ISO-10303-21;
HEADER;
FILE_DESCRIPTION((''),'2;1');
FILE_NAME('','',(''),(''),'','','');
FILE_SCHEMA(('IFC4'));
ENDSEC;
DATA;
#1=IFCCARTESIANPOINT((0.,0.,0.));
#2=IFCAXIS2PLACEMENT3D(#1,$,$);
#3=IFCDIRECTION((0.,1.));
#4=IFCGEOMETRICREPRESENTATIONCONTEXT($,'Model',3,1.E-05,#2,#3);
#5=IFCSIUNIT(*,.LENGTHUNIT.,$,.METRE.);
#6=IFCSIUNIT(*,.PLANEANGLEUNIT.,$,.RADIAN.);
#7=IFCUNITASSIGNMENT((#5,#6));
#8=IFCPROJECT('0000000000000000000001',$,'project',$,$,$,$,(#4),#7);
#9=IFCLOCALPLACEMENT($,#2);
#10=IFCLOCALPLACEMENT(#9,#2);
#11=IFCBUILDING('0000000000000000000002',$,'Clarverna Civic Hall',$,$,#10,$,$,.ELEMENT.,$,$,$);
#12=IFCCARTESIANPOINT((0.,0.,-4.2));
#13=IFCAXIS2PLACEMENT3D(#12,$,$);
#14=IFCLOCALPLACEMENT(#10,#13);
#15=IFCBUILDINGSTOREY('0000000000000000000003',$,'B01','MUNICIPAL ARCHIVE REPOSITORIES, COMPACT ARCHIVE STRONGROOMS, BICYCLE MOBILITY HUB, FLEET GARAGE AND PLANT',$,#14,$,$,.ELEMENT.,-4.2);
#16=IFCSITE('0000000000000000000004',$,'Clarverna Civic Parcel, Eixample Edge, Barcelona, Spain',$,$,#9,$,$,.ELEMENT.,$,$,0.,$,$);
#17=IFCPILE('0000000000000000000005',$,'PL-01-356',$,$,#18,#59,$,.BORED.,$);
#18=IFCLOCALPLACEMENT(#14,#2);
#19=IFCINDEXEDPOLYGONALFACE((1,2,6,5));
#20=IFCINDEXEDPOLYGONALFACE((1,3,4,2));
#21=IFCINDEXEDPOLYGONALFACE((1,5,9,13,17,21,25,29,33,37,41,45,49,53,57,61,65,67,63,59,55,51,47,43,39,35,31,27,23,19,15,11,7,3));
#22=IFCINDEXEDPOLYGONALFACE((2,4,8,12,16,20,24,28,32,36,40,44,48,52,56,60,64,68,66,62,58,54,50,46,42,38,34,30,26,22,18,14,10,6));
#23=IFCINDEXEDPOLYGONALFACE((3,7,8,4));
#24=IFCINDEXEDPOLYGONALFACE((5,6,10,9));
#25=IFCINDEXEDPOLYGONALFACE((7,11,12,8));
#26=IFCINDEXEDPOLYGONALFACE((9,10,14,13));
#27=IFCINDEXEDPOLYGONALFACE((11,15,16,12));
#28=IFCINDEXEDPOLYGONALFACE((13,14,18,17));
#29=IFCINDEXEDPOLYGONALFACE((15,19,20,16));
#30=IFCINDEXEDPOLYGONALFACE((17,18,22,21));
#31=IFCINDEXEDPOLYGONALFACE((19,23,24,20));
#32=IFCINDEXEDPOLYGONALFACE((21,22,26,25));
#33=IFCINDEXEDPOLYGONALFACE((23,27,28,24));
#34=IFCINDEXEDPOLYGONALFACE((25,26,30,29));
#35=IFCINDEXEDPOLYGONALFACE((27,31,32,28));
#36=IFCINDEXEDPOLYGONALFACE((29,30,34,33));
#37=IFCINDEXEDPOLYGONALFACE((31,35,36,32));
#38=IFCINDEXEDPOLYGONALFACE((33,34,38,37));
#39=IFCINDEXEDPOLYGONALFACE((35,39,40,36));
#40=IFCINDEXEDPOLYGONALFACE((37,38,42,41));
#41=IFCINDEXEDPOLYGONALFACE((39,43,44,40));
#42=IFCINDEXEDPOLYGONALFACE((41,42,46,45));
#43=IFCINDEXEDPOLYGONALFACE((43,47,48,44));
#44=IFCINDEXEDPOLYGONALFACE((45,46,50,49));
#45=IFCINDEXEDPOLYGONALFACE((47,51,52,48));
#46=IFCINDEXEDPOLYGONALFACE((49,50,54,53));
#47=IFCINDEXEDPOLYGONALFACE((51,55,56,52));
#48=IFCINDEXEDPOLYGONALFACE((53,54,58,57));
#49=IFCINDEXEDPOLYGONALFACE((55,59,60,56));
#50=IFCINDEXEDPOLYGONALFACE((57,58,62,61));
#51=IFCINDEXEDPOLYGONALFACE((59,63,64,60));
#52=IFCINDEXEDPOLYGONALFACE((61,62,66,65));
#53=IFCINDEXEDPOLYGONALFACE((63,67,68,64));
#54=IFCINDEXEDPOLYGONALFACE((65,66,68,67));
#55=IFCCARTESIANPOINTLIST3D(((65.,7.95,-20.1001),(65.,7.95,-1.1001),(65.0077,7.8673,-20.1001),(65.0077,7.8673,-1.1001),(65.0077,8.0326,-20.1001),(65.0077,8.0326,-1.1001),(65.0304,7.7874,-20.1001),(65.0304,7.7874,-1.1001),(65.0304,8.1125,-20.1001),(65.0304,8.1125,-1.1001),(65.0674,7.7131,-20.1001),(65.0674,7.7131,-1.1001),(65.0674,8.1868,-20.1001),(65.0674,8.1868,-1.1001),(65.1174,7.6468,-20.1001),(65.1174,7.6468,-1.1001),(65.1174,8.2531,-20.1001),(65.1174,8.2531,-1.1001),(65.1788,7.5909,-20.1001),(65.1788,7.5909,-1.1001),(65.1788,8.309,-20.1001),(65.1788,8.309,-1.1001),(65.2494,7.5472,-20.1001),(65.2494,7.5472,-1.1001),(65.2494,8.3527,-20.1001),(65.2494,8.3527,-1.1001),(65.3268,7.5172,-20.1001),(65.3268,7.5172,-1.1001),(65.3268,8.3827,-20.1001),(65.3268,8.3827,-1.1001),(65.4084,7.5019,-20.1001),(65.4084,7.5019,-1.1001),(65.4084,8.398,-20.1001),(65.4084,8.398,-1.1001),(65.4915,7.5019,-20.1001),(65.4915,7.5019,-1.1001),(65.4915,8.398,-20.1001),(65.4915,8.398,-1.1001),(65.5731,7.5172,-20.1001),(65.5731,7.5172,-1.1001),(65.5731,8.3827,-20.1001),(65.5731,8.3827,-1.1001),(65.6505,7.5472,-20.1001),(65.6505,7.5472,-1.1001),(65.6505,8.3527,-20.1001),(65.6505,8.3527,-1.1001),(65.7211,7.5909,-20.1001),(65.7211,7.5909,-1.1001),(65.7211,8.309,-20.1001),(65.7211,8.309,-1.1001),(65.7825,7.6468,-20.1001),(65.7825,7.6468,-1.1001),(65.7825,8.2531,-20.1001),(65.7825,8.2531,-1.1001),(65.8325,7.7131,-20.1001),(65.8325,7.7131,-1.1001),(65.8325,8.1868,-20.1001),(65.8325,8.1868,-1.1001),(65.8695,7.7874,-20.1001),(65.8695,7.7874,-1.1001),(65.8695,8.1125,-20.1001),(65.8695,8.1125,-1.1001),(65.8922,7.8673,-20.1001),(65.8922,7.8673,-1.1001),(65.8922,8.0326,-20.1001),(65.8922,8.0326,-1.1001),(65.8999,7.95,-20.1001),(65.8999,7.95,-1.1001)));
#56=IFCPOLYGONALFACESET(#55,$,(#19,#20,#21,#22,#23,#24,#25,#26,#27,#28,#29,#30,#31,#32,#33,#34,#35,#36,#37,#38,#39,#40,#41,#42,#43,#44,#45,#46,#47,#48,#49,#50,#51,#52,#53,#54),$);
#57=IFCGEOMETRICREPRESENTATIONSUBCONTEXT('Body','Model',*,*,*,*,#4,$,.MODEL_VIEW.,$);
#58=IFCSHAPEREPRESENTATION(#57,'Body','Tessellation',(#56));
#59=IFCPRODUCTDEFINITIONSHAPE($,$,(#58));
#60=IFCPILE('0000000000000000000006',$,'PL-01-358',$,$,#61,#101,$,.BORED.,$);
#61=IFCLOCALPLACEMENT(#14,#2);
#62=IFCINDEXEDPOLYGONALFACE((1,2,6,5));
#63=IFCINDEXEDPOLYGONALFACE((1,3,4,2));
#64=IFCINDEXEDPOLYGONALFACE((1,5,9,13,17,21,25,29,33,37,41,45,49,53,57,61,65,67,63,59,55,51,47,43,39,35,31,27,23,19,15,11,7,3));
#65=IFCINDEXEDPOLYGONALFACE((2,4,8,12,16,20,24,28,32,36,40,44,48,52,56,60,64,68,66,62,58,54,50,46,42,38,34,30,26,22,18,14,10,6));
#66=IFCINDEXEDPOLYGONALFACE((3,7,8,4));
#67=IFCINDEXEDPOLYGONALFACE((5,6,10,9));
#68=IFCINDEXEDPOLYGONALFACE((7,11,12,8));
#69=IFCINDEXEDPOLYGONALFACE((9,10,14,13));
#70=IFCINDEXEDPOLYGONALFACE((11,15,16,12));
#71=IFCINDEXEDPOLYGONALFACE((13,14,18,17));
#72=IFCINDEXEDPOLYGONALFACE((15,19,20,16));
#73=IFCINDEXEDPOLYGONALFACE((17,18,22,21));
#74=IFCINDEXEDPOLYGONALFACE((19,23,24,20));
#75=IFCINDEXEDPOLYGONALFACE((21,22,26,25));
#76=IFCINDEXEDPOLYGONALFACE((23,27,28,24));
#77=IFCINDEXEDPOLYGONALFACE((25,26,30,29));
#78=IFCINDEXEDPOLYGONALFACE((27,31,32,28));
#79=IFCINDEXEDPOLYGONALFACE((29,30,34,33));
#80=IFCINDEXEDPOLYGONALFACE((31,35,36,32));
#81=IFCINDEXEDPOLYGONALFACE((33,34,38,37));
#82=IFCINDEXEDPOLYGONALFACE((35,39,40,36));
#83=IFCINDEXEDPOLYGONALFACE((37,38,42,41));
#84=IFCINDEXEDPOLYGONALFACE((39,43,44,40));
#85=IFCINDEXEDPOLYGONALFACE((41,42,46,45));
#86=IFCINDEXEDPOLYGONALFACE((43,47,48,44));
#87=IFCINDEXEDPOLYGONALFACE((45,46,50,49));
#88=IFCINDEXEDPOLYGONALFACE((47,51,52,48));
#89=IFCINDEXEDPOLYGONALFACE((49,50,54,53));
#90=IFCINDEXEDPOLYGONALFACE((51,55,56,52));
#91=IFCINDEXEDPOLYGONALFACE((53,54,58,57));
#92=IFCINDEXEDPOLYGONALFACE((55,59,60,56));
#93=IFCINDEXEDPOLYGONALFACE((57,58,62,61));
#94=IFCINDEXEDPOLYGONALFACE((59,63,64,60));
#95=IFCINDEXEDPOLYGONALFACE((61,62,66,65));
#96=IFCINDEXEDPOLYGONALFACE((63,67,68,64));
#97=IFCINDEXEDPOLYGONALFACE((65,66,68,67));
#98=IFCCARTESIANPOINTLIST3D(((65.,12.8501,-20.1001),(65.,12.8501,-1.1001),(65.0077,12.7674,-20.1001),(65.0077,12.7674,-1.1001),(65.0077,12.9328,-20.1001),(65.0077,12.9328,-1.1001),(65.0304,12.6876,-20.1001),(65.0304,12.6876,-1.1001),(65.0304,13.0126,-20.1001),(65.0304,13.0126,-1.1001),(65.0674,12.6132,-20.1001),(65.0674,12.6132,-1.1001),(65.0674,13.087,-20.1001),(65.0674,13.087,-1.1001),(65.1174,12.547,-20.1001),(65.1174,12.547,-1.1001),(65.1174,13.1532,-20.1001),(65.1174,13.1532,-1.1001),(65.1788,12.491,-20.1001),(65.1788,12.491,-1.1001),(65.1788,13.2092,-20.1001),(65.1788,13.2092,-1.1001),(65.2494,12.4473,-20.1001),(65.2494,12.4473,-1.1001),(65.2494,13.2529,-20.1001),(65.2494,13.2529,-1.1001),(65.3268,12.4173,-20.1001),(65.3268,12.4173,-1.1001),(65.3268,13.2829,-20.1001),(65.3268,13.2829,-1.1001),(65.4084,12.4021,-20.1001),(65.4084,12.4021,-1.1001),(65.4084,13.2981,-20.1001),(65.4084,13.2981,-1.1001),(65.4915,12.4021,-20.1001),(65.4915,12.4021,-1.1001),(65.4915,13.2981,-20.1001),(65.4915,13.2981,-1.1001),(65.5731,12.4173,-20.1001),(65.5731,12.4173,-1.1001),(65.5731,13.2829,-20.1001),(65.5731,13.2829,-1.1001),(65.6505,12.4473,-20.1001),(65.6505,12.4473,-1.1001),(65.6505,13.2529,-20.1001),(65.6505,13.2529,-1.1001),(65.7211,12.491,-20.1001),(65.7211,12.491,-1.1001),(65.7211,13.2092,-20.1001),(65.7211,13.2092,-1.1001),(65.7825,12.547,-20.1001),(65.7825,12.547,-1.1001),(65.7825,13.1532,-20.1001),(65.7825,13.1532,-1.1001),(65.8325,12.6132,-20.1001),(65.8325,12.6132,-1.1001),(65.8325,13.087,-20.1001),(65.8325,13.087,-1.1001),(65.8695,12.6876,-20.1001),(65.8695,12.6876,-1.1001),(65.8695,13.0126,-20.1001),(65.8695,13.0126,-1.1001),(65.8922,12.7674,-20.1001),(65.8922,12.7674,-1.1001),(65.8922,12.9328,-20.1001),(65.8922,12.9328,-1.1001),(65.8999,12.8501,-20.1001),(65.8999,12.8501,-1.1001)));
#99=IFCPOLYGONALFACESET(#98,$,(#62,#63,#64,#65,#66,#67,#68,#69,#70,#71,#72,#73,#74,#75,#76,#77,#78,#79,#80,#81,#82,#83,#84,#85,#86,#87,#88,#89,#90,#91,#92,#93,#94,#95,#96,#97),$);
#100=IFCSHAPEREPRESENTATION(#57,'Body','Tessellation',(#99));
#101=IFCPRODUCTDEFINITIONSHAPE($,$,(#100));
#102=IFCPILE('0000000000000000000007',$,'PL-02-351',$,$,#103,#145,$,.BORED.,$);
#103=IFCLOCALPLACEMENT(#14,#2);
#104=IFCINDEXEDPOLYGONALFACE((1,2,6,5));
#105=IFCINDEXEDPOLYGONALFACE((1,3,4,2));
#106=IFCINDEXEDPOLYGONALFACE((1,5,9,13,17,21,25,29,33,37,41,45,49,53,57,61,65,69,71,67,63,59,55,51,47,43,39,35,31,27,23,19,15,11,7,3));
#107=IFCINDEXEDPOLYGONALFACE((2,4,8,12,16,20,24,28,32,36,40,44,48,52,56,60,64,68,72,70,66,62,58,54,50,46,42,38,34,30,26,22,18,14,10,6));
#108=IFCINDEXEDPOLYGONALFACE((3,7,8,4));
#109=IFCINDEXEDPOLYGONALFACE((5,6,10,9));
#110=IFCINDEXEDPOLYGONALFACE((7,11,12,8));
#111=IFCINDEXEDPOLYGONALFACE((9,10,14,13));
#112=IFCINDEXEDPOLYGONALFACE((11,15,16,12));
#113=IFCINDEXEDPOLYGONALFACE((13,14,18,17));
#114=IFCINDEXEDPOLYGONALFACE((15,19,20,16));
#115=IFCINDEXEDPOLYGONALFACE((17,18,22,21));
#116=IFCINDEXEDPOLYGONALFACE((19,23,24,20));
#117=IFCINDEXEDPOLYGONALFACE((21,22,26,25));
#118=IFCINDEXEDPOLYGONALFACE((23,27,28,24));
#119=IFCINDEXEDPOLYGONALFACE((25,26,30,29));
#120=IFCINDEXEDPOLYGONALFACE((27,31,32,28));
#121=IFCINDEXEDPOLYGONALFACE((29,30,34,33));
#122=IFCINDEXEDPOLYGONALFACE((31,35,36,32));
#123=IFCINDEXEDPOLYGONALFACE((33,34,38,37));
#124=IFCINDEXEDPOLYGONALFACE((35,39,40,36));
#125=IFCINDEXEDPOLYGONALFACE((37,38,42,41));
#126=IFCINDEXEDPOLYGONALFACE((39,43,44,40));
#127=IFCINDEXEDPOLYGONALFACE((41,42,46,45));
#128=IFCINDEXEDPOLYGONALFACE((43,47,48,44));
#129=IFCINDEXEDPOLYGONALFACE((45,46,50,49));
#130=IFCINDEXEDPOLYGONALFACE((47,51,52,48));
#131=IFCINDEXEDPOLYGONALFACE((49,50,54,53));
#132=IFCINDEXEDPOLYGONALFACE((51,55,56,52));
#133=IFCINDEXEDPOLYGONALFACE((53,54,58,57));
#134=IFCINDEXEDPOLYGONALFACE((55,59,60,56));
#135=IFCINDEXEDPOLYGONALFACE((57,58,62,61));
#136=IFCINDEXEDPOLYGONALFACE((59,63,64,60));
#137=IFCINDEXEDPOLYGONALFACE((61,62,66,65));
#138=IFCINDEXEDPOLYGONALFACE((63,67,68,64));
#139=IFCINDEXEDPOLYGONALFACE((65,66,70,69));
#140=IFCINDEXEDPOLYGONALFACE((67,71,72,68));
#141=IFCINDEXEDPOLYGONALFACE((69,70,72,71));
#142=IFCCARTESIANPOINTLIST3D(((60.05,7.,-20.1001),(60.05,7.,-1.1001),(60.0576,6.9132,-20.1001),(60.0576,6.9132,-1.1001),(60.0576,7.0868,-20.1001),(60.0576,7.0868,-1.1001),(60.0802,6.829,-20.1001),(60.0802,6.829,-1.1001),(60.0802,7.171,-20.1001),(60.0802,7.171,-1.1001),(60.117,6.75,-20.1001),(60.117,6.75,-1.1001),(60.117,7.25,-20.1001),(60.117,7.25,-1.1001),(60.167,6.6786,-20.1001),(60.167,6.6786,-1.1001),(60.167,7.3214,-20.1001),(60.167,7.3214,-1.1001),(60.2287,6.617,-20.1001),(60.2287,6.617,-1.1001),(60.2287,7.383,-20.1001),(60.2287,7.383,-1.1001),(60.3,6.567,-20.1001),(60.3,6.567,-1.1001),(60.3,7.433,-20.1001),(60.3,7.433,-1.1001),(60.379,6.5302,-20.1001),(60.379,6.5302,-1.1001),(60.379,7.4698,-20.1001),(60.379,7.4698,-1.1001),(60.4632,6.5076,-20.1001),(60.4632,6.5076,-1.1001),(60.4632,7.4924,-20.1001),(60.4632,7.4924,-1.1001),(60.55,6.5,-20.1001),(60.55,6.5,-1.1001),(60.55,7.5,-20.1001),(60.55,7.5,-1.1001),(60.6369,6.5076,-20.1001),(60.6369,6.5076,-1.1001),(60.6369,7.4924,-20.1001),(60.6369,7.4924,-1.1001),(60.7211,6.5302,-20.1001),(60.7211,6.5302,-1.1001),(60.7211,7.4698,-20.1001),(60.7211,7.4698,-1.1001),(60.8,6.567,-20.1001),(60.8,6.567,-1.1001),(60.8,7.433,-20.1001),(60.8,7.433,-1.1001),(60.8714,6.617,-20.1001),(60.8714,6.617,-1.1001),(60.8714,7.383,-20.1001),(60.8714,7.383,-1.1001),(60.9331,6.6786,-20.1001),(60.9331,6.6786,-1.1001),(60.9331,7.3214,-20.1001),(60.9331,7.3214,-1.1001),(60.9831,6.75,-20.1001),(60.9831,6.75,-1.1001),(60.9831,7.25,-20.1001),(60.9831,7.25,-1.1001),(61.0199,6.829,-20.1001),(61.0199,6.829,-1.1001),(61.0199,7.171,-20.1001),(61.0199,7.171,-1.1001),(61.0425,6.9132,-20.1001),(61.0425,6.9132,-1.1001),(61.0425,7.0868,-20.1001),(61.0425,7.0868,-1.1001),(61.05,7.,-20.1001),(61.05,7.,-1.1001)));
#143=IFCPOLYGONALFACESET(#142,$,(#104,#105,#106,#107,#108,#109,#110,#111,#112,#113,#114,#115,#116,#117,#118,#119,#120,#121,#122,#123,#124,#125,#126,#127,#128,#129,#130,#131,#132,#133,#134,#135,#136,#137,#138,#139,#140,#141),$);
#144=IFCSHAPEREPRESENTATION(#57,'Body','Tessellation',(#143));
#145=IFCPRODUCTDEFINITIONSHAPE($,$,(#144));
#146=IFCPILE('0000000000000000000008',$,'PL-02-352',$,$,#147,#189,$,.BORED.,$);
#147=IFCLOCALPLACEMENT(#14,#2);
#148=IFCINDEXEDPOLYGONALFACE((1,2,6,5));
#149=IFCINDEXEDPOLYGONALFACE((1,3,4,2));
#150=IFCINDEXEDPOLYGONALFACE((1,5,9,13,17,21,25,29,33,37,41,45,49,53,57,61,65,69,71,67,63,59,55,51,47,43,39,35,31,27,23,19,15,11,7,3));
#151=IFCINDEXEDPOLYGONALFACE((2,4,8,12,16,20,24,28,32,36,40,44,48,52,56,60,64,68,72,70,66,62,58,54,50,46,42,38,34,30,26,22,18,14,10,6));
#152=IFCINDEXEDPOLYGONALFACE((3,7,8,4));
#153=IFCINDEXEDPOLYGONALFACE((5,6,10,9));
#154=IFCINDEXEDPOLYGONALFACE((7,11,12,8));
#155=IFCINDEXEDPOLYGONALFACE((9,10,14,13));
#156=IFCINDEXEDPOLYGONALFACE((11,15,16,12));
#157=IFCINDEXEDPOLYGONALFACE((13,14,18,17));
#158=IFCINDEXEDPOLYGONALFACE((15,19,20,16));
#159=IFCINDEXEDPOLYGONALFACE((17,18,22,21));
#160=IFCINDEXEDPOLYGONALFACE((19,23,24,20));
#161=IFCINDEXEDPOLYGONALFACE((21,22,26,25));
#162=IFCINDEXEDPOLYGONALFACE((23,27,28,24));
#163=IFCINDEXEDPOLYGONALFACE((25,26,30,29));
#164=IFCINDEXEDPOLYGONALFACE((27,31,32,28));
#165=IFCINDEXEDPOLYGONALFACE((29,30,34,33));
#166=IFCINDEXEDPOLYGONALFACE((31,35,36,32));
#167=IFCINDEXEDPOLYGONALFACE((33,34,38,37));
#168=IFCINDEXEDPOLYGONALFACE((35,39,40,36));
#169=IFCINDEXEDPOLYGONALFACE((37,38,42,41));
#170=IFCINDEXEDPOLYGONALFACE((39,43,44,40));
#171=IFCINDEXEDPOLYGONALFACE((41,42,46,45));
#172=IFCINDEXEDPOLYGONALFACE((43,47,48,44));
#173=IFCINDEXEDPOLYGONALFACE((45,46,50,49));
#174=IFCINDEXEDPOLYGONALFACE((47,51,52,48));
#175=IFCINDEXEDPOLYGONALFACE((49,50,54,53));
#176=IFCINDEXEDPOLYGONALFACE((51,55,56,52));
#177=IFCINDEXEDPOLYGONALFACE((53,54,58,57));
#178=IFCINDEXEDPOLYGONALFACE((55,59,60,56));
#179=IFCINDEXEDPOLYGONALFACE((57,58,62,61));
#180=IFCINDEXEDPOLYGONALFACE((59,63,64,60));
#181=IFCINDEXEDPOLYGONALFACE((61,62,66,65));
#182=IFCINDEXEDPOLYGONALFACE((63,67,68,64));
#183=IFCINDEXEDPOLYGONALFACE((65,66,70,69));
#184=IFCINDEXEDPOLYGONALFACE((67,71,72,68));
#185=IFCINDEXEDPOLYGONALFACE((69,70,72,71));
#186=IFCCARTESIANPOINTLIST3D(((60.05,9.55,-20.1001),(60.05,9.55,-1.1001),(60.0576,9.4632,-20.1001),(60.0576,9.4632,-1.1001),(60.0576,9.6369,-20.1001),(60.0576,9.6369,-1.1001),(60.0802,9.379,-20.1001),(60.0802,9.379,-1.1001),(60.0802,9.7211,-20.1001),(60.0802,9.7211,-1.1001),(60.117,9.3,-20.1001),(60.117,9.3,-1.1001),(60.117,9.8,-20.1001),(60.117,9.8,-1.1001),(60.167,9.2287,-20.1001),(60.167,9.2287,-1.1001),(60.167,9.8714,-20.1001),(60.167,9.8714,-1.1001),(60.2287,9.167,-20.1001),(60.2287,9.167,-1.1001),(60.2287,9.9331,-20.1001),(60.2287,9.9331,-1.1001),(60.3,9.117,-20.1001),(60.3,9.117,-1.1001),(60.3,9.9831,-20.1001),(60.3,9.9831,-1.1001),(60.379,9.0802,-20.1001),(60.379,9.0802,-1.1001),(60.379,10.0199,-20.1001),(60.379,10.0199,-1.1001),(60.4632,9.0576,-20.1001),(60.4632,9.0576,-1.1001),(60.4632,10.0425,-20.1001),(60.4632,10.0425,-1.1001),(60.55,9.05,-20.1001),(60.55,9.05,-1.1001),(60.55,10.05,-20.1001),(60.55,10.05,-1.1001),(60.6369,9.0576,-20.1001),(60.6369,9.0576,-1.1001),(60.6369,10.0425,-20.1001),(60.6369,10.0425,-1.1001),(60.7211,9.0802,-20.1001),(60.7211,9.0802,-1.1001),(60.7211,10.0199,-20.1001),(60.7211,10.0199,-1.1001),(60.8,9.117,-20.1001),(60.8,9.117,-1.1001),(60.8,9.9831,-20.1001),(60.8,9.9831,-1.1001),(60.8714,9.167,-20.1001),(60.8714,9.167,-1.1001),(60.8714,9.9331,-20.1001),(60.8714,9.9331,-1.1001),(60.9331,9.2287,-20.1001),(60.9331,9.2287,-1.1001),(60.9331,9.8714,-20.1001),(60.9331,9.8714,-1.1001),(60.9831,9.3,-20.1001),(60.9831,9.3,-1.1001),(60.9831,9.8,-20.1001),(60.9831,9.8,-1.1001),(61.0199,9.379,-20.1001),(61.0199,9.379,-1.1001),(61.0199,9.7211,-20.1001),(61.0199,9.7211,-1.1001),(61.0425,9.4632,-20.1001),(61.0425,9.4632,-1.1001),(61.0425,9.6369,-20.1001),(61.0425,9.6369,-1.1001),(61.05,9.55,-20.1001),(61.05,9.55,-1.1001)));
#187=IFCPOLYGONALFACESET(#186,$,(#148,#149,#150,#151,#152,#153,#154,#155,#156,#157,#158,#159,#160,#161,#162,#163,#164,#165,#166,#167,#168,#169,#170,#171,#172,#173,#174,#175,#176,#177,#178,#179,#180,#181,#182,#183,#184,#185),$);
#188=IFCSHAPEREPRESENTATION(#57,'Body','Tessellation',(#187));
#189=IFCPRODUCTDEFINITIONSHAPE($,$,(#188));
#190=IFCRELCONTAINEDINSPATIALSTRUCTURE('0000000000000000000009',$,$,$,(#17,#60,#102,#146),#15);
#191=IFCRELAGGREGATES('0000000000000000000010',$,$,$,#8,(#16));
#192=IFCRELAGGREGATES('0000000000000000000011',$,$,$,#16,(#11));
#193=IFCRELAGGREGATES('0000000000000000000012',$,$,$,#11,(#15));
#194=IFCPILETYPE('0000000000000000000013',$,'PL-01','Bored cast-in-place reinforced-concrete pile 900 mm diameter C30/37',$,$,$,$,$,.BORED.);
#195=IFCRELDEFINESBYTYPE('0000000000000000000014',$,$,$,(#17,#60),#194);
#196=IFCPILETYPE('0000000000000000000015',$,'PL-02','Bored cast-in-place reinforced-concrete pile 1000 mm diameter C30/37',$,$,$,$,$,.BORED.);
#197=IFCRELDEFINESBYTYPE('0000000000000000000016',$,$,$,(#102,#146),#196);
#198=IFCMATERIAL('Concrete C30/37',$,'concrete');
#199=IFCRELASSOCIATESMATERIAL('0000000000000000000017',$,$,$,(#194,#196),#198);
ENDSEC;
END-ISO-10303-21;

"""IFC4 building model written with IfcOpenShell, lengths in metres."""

from ifc_helpers import new_model, si_unit, direction, frame, origin, origin_2d, place, context, subcontext, project, spatial, circle, extrude, material, material_profile, profile_set, type_object, element, save


model = new_model("IFC4")

# Units and contexts
model_context = context("Model", 3, precision=1e-05, world=origin(), true_north=direction((0.0, 1.0)))
body_context = subcontext(model_context, "Body", "Model", "MODEL_VIEW")
ifc_project = project(units=[si_unit("LENGTHUNIT", "METRE"), si_unit("PLANEANGLEUNIT", "RADIAN")], contexts=[model_context])

# Site, building, storey
site_placement = place(None, origin())
site = spatial("IfcSite", under=ifc_project, at=site_placement, Name="Clarverna Civic Parcel, Eixample Edge, Barcelona, Spain", CompositionType="ELEMENT", RefElevation=0.0)
building_placement = place(site_placement, origin())
building = spatial("IfcBuilding", under=site, at=building_placement, Name="Clarverna Civic Hall", CompositionType="ELEMENT")
storey_placement = place(building_placement, frame((0.0, 0.0, -4.2)))
storey = spatial("IfcBuildingStorey", under=building, at=storey_placement, Name="B01", Description="MUNICIPAL ARCHIVE REPOSITORIES, COMPACT ARCHIVE STRONGROOMS, BICYCLE MOBILITY HUB, FLEET GARAGE AND PLANT", CompositionType="ELEMENT", Elevation=-4.2)

# Shared definitions
ifc_material_1 = material(Name="Concrete C30/37", Category="concrete")

# Piles
ifc_material_profile_1 = material_profile(ifc_material_1, circle(Radius=0.45, at=origin_2d()), Name="BORED PILE D900")
ifc_profile_set_1 = profile_set([ifc_material_profile_1], Name="Concrete C30/37")
pile_type_1 = type_object("IfcPileType", Name="PL-01", Description="Bored cast-in-place reinforced-concrete pile 900 mm diameter C30/37", PredefinedType="BORED", material=ifc_profile_set_1)
for number, where, z_axis, x_axis, name in (
    (1, (65.45, 7.95, -1.1001), (0.0, 0.0, -1.0), (1.0, 0.0, 0.0), "PL-01-356"),
    (2, (65.45, 12.8501, -1.1001), (0.0, 0.0, -1.0), (1.0, 0.0, 0.0), "PL-01-358"),
):
    element("IfcPile", number, at=place(storey_placement, frame(where, z_axis=z_axis, x_axis=x_axis)), inside=storey, type_object=pile_type_1, Name=name, PredefinedType="BORED", context=body_context, shape_type="SweptSolid", body=[
        extrude(circle(Radius=0.45, at=origin_2d()), origin(), (0.0, 0.0, 1.0), 19.0),
    ])
ifc_material_profile_2 = material_profile(ifc_material_1, circle(Radius=0.5, at=origin_2d()), Name="BORED PILE D1000")
ifc_profile_set_2 = profile_set([ifc_material_profile_2], Name="Concrete C30/37")
pile_type_2 = type_object("IfcPileType", Name="PL-02", Description="Bored cast-in-place reinforced-concrete pile 1000 mm diameter C30/37", PredefinedType="BORED", material=ifc_profile_set_2)
for number, where, z_axis, x_axis, name in (
    (3, (60.55, 7.0, -1.1001), (0.0, 0.0, -1.0), (1.0, 0.0, 0.0), "PL-02-351"),
    (4, (60.55, 9.55, -1.1001), (0.0, 0.0, -1.0), (1.0, 0.0, 0.0), "PL-02-352"),
):
    element("IfcPile", number, at=place(storey_placement, frame(where, z_axis=z_axis, x_axis=x_axis)), inside=storey, type_object=pile_type_2, Name=name, PredefinedType="BORED", context=body_context, shape_type="SweptSolid", body=[
        extrude(circle(Radius=0.5, at=origin_2d()), origin(), (0.0, 0.0, 1.0), 19.0),
    ])

save(model, "model.ifc")
